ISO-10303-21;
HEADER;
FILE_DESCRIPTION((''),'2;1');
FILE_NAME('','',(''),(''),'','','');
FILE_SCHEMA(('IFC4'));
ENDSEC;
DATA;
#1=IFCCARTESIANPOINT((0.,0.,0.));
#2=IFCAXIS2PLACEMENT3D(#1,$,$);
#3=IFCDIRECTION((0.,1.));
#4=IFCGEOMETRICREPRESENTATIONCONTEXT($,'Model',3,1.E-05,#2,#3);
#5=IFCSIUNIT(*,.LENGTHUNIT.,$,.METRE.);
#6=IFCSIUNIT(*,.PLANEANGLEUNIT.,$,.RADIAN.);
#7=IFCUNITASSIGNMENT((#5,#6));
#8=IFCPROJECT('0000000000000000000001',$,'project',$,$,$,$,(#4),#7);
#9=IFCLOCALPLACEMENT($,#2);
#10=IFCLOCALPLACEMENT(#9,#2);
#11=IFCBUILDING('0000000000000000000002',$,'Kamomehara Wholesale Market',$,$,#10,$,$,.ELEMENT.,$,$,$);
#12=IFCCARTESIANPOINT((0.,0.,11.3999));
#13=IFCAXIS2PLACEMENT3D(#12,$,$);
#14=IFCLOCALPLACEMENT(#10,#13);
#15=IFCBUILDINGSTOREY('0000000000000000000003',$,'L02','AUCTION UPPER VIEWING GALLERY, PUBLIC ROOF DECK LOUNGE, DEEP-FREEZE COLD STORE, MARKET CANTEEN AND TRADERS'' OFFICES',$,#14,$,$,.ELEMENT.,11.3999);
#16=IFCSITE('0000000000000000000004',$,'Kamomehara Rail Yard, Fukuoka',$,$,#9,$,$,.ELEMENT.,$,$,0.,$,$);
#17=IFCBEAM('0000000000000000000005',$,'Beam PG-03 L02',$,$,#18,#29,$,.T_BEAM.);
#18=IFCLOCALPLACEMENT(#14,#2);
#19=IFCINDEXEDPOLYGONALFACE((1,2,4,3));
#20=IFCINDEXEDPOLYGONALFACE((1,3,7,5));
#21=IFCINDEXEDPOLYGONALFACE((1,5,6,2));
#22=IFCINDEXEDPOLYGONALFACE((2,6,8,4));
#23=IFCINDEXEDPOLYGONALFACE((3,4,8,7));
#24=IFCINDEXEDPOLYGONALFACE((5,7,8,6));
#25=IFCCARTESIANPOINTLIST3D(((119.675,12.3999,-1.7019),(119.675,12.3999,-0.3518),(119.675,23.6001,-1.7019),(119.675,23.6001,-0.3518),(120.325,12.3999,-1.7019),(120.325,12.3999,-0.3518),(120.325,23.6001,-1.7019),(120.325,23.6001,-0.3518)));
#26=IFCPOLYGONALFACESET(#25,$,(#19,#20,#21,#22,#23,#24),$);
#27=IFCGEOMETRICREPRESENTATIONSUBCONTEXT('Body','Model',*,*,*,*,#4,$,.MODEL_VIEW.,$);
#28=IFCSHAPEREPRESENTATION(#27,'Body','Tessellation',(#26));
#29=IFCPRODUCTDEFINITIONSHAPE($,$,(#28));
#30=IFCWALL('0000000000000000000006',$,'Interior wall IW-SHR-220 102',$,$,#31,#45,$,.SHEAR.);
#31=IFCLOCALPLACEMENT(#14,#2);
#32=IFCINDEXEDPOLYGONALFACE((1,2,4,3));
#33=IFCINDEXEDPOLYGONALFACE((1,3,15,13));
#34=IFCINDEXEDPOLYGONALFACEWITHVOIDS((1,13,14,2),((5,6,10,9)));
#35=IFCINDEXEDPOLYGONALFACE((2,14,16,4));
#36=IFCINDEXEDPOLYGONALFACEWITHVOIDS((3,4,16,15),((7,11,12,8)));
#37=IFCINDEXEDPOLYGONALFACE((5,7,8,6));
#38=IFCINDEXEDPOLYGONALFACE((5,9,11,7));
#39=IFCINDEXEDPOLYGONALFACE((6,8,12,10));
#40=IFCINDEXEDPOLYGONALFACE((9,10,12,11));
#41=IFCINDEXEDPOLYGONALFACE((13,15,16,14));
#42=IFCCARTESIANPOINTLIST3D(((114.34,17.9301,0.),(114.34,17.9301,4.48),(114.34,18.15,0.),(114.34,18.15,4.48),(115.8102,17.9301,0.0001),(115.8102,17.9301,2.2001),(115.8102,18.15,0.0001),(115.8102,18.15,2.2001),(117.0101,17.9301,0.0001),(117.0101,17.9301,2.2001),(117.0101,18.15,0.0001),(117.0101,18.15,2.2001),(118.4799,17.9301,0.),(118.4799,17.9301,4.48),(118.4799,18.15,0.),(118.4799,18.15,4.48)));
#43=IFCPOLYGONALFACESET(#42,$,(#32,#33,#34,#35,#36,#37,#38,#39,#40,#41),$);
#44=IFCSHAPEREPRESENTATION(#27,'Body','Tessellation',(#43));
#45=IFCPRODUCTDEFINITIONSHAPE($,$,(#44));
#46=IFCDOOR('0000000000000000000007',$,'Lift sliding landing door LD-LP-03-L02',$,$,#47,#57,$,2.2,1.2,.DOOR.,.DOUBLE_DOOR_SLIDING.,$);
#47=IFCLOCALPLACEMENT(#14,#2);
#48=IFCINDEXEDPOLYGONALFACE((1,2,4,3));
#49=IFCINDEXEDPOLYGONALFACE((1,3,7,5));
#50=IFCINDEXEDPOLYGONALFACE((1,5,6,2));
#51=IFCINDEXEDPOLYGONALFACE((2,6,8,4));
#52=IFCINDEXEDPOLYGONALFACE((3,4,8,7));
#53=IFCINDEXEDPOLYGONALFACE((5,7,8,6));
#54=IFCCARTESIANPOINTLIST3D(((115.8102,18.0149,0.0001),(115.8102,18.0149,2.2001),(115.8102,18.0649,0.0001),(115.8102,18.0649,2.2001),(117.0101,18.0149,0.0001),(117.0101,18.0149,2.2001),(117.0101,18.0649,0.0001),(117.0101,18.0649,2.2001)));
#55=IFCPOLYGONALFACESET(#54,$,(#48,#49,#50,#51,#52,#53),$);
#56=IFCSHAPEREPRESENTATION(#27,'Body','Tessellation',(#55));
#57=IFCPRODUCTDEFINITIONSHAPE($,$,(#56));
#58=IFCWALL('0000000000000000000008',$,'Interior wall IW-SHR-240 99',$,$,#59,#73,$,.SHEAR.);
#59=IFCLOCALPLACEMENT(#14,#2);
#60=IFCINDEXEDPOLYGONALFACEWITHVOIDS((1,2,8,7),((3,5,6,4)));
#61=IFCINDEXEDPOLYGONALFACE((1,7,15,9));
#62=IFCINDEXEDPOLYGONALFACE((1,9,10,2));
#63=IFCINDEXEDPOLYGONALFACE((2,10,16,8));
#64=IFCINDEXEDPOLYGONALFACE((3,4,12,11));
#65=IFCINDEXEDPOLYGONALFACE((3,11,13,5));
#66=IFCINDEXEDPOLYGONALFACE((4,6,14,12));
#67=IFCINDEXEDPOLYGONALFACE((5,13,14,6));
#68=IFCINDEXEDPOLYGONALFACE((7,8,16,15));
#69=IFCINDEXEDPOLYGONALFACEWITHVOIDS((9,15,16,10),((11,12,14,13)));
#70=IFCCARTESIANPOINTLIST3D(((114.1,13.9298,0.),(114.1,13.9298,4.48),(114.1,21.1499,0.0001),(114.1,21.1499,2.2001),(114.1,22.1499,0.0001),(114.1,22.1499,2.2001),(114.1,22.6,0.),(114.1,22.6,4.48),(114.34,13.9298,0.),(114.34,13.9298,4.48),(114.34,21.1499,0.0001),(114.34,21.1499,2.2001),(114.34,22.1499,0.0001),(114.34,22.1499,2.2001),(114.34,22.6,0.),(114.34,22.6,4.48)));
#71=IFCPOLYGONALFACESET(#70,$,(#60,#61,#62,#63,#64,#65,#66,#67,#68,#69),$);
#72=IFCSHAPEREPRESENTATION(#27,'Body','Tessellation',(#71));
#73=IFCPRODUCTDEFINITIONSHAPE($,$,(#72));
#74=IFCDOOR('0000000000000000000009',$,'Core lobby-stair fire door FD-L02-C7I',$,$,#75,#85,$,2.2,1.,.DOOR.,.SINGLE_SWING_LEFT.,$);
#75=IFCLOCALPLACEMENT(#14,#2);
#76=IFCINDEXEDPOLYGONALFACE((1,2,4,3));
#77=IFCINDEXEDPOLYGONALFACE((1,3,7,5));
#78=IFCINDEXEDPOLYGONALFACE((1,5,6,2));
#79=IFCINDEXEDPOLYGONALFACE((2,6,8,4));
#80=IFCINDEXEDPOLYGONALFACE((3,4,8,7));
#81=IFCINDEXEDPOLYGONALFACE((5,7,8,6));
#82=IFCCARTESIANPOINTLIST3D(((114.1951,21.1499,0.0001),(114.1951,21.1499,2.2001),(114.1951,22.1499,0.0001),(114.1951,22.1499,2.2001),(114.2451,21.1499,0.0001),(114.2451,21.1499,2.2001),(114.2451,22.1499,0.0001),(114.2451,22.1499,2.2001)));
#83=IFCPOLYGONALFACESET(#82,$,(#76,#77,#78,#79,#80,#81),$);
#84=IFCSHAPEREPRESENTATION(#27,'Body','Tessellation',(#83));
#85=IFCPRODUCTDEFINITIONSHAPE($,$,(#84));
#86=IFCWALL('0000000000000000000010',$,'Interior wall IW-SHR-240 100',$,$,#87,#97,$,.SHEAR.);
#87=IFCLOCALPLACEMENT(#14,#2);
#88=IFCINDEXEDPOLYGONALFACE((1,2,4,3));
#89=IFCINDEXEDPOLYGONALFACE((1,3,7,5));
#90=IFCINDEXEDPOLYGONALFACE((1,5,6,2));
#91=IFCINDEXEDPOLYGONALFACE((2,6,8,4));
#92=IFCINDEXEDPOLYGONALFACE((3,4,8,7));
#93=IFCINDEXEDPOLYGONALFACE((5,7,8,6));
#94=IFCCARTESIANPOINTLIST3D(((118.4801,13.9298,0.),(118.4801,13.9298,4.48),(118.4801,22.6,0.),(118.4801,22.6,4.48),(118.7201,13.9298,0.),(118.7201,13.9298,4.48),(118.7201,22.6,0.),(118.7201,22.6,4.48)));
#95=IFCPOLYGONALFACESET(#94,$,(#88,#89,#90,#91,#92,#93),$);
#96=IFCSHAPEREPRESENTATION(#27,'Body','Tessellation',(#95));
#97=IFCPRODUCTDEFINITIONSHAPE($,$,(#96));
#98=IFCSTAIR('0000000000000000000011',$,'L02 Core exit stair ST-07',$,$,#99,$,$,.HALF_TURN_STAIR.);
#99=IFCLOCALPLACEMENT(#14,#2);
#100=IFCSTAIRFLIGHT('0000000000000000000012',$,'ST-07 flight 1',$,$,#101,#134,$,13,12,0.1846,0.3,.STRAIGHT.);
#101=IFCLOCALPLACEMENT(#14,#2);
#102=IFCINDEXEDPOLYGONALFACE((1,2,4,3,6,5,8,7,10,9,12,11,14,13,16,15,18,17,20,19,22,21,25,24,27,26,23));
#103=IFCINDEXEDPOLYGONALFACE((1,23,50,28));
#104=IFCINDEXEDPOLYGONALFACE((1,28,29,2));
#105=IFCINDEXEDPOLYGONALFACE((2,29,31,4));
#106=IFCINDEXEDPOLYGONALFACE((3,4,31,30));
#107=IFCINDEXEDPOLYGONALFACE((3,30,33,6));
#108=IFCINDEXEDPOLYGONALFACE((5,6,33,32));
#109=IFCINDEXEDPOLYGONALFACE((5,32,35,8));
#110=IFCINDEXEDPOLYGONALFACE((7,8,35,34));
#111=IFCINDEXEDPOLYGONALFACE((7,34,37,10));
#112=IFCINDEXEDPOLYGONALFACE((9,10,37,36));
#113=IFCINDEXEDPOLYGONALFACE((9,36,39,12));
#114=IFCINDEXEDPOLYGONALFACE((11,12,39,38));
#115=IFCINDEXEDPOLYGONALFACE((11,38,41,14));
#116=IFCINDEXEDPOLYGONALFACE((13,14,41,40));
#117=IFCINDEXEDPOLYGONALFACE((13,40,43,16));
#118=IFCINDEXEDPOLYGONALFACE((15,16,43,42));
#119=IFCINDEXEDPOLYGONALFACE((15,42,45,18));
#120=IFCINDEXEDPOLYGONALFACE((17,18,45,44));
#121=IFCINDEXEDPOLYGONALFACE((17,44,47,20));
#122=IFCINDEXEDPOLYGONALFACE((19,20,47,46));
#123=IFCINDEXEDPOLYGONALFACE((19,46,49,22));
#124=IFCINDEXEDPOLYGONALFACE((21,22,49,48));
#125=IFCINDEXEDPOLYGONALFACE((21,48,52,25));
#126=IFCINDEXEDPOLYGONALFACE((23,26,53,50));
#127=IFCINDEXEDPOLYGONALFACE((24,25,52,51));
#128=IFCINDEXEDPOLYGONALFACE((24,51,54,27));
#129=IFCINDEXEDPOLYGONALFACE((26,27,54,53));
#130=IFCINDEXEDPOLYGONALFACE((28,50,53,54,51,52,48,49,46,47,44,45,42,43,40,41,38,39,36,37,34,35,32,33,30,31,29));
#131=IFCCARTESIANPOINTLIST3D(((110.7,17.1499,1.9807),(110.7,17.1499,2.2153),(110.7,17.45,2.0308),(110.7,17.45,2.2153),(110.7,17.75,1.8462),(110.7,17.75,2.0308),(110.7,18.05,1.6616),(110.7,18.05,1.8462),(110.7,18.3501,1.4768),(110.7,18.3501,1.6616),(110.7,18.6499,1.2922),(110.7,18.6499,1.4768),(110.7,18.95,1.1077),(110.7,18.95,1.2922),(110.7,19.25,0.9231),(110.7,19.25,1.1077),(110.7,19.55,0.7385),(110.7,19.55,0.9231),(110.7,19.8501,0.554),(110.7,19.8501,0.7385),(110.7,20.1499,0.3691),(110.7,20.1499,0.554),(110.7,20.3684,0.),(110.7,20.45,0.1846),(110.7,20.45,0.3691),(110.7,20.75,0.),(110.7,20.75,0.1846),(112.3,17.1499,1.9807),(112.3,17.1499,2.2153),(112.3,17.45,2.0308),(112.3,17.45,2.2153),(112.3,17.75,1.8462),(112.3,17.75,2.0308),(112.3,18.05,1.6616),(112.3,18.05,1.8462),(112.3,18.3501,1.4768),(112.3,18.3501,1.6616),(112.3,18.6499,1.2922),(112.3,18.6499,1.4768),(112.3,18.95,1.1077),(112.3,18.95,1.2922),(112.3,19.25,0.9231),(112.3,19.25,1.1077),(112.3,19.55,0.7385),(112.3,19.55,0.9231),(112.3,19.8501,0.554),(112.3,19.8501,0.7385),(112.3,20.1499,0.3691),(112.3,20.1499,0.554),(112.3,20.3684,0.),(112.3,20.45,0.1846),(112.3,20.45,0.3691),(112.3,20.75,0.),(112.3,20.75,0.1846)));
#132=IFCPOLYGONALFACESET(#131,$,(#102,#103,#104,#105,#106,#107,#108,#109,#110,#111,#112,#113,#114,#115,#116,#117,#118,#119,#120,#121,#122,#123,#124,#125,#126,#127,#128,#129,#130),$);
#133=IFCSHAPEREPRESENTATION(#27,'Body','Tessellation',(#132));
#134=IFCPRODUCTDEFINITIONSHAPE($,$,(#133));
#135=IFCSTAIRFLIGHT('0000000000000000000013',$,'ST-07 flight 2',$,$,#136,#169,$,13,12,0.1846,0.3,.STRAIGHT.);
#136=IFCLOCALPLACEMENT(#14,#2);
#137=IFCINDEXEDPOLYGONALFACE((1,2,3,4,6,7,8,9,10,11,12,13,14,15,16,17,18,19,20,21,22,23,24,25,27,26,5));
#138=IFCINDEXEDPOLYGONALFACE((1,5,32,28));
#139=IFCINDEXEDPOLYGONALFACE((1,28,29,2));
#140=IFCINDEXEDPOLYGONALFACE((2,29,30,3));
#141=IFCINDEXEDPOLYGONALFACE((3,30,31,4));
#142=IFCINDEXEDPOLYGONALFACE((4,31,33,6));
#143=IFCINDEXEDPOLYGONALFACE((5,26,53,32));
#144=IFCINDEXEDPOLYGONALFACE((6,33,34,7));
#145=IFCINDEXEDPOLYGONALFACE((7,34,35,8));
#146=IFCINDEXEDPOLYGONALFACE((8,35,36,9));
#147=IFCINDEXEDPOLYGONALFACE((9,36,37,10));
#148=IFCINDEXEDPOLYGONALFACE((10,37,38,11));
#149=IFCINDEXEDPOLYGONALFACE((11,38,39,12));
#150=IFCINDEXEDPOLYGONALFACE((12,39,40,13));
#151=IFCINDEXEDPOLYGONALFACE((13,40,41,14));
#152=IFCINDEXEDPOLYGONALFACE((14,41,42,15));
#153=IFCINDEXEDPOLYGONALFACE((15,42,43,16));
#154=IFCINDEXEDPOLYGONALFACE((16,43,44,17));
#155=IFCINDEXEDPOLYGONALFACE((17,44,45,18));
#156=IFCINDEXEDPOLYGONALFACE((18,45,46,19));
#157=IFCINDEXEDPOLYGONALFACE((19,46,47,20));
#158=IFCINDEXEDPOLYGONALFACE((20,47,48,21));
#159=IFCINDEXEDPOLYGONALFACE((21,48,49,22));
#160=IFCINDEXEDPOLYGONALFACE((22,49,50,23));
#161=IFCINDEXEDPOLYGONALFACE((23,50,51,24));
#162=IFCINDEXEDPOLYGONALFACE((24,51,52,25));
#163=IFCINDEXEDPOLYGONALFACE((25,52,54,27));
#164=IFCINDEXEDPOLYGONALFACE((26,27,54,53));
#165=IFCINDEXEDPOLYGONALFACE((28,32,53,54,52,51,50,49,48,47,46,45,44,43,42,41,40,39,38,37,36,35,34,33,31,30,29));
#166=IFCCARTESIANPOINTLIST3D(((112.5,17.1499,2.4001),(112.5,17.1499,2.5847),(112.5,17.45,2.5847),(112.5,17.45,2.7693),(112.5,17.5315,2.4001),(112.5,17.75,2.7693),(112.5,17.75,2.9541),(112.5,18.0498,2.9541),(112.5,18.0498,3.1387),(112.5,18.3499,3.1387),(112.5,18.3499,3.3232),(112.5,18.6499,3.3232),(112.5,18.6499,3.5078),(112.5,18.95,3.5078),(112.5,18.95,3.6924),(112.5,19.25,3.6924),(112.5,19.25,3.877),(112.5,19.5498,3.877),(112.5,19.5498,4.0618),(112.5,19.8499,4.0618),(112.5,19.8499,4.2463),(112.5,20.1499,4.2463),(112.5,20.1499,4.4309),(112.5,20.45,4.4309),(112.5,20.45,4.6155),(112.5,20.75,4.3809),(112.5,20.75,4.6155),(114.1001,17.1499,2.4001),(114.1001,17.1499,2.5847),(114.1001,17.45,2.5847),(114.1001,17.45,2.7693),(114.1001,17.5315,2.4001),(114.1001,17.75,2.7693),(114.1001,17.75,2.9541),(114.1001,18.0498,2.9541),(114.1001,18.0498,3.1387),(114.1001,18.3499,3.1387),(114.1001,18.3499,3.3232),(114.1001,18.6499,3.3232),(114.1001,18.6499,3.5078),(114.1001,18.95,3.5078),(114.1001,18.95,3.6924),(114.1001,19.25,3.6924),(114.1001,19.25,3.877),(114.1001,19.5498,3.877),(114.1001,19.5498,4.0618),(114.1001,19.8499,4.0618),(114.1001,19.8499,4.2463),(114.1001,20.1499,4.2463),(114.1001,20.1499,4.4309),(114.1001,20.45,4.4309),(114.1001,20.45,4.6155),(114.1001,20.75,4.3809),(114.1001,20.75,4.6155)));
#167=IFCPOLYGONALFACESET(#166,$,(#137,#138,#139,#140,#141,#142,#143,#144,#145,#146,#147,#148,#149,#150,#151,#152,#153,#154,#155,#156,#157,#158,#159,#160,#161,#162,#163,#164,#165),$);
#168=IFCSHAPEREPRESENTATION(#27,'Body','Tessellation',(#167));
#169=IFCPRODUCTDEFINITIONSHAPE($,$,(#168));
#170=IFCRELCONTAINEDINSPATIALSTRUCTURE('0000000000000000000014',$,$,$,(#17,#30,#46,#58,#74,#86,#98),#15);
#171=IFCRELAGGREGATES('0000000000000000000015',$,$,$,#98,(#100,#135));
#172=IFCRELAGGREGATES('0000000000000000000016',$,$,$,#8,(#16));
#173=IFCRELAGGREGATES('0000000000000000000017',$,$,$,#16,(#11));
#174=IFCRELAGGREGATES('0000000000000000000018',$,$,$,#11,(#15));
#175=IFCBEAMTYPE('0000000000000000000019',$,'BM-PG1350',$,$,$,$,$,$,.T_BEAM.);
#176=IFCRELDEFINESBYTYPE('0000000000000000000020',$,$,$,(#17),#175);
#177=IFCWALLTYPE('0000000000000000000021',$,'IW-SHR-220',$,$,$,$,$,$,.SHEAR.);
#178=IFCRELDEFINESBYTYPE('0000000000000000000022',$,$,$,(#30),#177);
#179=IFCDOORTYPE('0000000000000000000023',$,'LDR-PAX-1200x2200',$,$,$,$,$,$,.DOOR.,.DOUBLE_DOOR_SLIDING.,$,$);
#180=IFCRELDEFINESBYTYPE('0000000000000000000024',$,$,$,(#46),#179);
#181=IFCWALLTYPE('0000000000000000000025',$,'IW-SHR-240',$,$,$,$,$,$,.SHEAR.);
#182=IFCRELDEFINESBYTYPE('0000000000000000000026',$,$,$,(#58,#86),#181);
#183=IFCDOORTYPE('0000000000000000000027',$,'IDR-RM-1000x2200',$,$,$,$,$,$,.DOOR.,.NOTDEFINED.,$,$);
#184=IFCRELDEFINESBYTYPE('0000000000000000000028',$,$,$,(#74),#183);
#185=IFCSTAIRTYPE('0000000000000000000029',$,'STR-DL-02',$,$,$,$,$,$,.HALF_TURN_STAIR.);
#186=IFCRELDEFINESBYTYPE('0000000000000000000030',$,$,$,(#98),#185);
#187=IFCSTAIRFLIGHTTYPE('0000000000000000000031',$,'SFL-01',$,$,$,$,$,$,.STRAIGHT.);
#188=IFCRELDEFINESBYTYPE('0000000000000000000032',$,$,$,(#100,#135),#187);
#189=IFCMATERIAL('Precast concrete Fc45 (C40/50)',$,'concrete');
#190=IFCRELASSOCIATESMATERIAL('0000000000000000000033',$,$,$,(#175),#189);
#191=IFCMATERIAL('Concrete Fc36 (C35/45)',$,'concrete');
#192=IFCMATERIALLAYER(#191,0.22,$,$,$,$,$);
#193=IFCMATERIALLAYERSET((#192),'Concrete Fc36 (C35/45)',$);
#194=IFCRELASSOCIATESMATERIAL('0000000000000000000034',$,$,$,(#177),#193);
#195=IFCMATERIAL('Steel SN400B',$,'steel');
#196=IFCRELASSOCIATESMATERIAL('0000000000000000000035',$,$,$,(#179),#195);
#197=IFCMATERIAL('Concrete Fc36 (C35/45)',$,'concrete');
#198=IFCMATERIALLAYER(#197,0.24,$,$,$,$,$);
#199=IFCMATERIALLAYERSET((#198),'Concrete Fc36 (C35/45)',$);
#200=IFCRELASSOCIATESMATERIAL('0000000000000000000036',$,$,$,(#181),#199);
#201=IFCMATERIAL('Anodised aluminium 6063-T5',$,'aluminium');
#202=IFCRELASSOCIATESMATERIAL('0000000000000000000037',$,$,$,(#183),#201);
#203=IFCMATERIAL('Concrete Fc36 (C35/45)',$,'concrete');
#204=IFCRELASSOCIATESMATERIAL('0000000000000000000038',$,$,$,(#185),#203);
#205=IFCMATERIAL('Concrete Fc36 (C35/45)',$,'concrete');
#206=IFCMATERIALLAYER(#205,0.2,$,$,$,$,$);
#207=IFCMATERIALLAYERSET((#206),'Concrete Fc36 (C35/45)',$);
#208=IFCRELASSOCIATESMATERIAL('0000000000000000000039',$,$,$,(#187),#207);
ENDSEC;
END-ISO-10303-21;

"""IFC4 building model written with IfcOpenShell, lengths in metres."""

from ifc_helpers import new_model, si_unit, direction, frame, frame_2d, origin, origin_2d, place, context, subcontext, project, spatial, polyline, rectangle, outline, extrude, material, layer, layer_set, material_profile, profile_set, type_object, element, fill, aggregate, save


model = new_model("IFC4")

# Units and contexts
model_context = context("Model", 3, precision=1e-05, world=origin(), true_north=direction((0.0, 1.0)))
body_context = subcontext(model_context, "Body", "Model", "MODEL_VIEW")
ifc_project = project(units=[si_unit("LENGTHUNIT", "METRE"), si_unit("PLANEANGLEUNIT", "RADIAN")], contexts=[model_context])

# Site, building, storey
site_placement = place(None, origin())
site = spatial("IfcSite", under=ifc_project, at=site_placement, Name="Kamomehara Rail Yard, Fukuoka", CompositionType="ELEMENT", RefElevation=0.0)
building_placement = place(site_placement, origin())
building = spatial("IfcBuilding", under=site, at=building_placement, Name="Kamomehara Wholesale Market", CompositionType="ELEMENT")
storey_placement = place(building_placement, frame((0.0, 0.0, 11.3999)))
storey = spatial("IfcBuildingStorey", under=building, at=storey_placement, Name="L02", Description="AUCTION UPPER VIEWING GALLERY, PUBLIC ROOF DECK LOUNGE, DEEP-FREEZE COLD STORE, MARKET CANTEEN AND TRADERS' OFFICES", CompositionType="ELEMENT", Elevation=11.3999)

# Beam
ifc_material_1 = material(Name="Precast concrete Fc45 (C40/50)", Category="concrete")
ifc_material_profile = material_profile(ifc_material_1, rectangle(XDim=0.6499, YDim=1.3501, at=origin_2d()), Name="PC-GRD-650x1350")
ifc_profile_set = profile_set([ifc_material_profile], Name="Precast concrete Fc45 (C40/50)")
beam_type = type_object("IfcBeamType", Name="BM-PG1350", PredefinedType="T_BEAM", material=ifc_profile_set)
beam_placement = place(storey_placement, frame((120.0, 12.3999, -1.0269), z_axis=(0.0, 1.0, 0.0), x_axis=(-1.0, 0.0, 0.0)))
element("IfcBeam", 1, at=beam_placement, inside=storey, type_object=beam_type, Name="Beam PG-03 L02", PredefinedType="T_BEAM", context=body_context, shape_type="SweptSolid", body=[
    extrude(rectangle(XDim=0.6499, YDim=1.3501, at=origin_2d()), origin(), (0.0, 0.0, 1.0), 11.2002),
])

# Walls, openings, doors
ifc_material_2 = material(Name="Concrete Fc36 (C35/45)", Category="concrete")
ifc_layer_1 = layer(ifc_material_2, 0.22)
ifc_layer_set_1 = layer_set([ifc_layer_1], Name="Concrete Fc36 (C35/45)")
wall_type_1 = type_object("IfcWallType", Name="IW-SHR-220", PredefinedType="SHEAR", material=ifc_layer_set_1)
wall_1_placement = place(storey_placement, frame((114.3401, 18.04, 0.0), z_axis=(0.0, 0.0, 1.0), x_axis=(1.0, 0.0, 0.0)))
wall_1 = element("IfcWall", 2, at=wall_1_placement, inside=storey, type_object=wall_type_1, Name="Interior wall IW-SHR-220 102", PredefinedType="SHEAR", context=body_context, shape_type="SweptSolid", body=[
    extrude(rectangle(XDim=4.1399, YDim=0.22, at=frame_2d((2.0698, 0.0))), origin(), (0.0, 0.0, 1.0), 4.48),
])
opening_1_placement = place(wall_1_placement, frame((1.47, 0.0, 0.0)))
opening_1 = element("IfcOpeningElement", 3, at=opening_1_placement, cuts=wall_1, PredefinedType="OPENING", context=body_context, shape_type="SweptSolid", body=[
    extrude(rectangle(XDim=1.2, YDim=2.2, at=frame_2d((0.6001, 1.1001))), frame((0.0, 0.125, 0.0), z_axis=(0.0, -1.0, 0.0), x_axis=(1.0, 0.0, 0.0)), (0.0, 0.0, 1.0), 0.2498),
])
ifc_material_3 = material(Name="Steel SN400B", Category="steel")
door_type_1 = type_object("IfcDoorType", Name="LDR-PAX-1200x2200", OperationType="DOUBLE_DOOR_SLIDING", PredefinedType="DOOR", material=ifc_material_3)
door_1_placement = place(opening_1_placement, origin())
door_1 = element("IfcDoor", 4, at=door_1_placement, inside=storey, type_object=door_type_1, Name="Lift sliding landing door LD-LP-03-L02", OperationType="DOUBLE_DOOR_SLIDING", OverallHeight=2.2, OverallWidth=1.2, PredefinedType="DOOR", context=body_context, shape_type="SweptSolid", body=[
    extrude(rectangle(XDim=1.2, YDim=2.2, at=frame_2d((0.6001, 1.1001))), frame((0.0, 0.0249, 0.0), z_axis=(0.0, -1.0, 0.0), x_axis=(1.0, 0.0, 0.0)), (0.0, 0.0, 1.0), 0.05),
])
fill(opening_1, door_1)
ifc_material_4 = material(Name="Concrete Fc36 (C35/45)", Category="concrete")
ifc_layer_2 = layer(ifc_material_4, 0.24)
ifc_layer_set_2 = layer_set([ifc_layer_2], Name="Concrete Fc36 (C35/45)")
wall_type_2 = type_object("IfcWallType", Name="IW-SHR-240", PredefinedType="SHEAR", material=ifc_layer_set_2)
wall_2_placement = place(storey_placement, frame((114.22, 13.9299, 0.0), z_axis=(0.0, 0.0, 1.0), x_axis=(0.0, 1.0, 0.0)))
wall_2 = element("IfcWall", 5, at=wall_2_placement, inside=storey, type_object=wall_type_2, Name="Interior wall IW-SHR-240 99", PredefinedType="SHEAR", context=body_context, shape_type="SweptSolid", body=[
    extrude(rectangle(XDim=8.6702, YDim=0.24, at=frame_2d((4.335, 0.0))), origin(), (0.0, 0.0, 1.0), 4.48),
])
opening_2_placement = place(wall_2_placement, frame((7.22, 0.0, 0.0)))
opening_2 = element("IfcOpeningElement", 6, at=opening_2_placement, cuts=wall_2, PredefinedType="OPENING", context=body_context, shape_type="SweptSolid", body=[
    extrude(rectangle(XDim=1.0, YDim=2.2, at=frame_2d((0.5, 1.1001))), frame((0.0, 0.1348, 0.0), z_axis=(0.0, -1.0, 0.0), x_axis=(1.0, 0.0, 0.0)), (0.0, 0.0, 1.0), 0.2698),
])
ifc_material_5 = material(Name="Anodised aluminium 6063-T5", Category="aluminium")
door_type_2 = type_object("IfcDoorType", Name="IDR-RM-1000x2200", OperationType="NOTDEFINED", PredefinedType="DOOR", material=ifc_material_5)
door_2_placement = place(opening_2_placement, origin())
door_2 = element("IfcDoor", 7, at=door_2_placement, inside=storey, type_object=door_type_2, Name="Core lobby-stair fire door FD-L02-C7I", OperationType="SINGLE_SWING_LEFT", OverallHeight=2.2, OverallWidth=1.0, PredefinedType="DOOR", context=body_context, shape_type="SweptSolid", body=[
    extrude(rectangle(XDim=1.0, YDim=2.2, at=frame_2d((0.5, 1.1001))), frame((0.0, 0.0249, 0.0), z_axis=(0.0, -1.0, 0.0), x_axis=(1.0, 0.0, 0.0)), (0.0, 0.0, 1.0), 0.05),
])
fill(opening_2, door_2)

# Wall
wall_3_placement = place(storey_placement, frame((118.6001, 13.9299, 0.0), z_axis=(0.0, 0.0, 1.0), x_axis=(0.0, 1.0, 0.0)))
element("IfcWall", 8, at=wall_3_placement, inside=storey, type_object=wall_type_2, Name="Interior wall IW-SHR-240 100", PredefinedType="SHEAR", context=body_context, shape_type="SweptSolid", body=[
    extrude(rectangle(XDim=8.6702, YDim=0.24, at=frame_2d((4.335, 0.0))), origin(), (0.0, 0.0, 1.0), 4.48),
])

# Stair, stair flights
ifc_material_6 = material(Name="Concrete Fc36 (C35/45)", Category="concrete")
stair_type = type_object("IfcStairType", Name="STR-DL-02", PredefinedType="HALF_TURN_STAIR", material=ifc_material_6)
stair_placement = place(storey_placement, origin())
stair = element("IfcStair", 9, at=stair_placement, inside=storey, type_object=stair_type, Name="L02 Core exit stair ST-07", PredefinedType="HALF_TURN_STAIR")
ifc_material_7 = material(Name="Concrete Fc36 (C35/45)", Category="concrete")
ifc_layer_3 = layer(ifc_material_7, 0.2)
ifc_layer_set_3 = layer_set([ifc_layer_3], Name="Concrete Fc36 (C35/45)")
stair_flight_type = type_object("IfcStairFlightType", Name="SFL-01", PredefinedType="STRAIGHT", material=ifc_layer_set_3)
stair_flight_1_placement = place(storey_placement, frame((111.5, 20.75, 0.0), z_axis=(0.0, 0.0, 1.0), x_axis=(0.0, -1.0, 0.0)))
stair_flight_1 = element("IfcStairFlight", 10, at=stair_flight_1_placement, type_object=stair_flight_type, Name="ST-07 flight 1", NumberOfRisers=13, NumberOfTreads=12, PredefinedType="STRAIGHT", RiserHeight=0.1846, TreadLength=0.3, context=body_context, shape_type="SweptSolid", body=[
    extrude(outline(polyline([(0.0, 0.0), (0.0, 0.1846), (0.3, 0.1846), (0.3, 0.3691), (0.6001, 0.3691), (0.6001, 0.554), (0.8999, 0.554), (0.8999, 0.7385), (1.2, 0.7385), (1.2, 0.9231), (1.5, 0.9231), (1.5, 1.1077), (1.8, 1.1077), (1.8, 1.2922), (2.1001, 1.2922), (2.1001, 1.4768), (2.3999, 1.4768), (2.3999, 1.6616), (2.7, 1.6616), (2.7, 1.8462), (3.0, 1.8462), (3.0, 2.0308), (3.3, 2.0308), (3.3, 2.2153), (3.6001, 2.2153), (3.6001, 2.3999), (3.6001, 1.9807), (0.3816, 0.0), (0.0, 0.0)])), frame((0.0, 0.8, 0.0), z_axis=(0.0, -1.0, 0.0), x_axis=(1.0, 0.0, 0.0)), (0.0, 0.0, 1.0), 1.6001),
])
stair_flight_2_placement = place(storey_placement, frame((113.3, 17.1499, 2.4001), z_axis=(0.0, 0.0, 1.0), x_axis=(0.0, 1.0, 0.0)))
stair_flight_2 = element("IfcStairFlight", 11, at=stair_flight_2_placement, type_object=stair_flight_type, Name="ST-07 flight 2", NumberOfRisers=13, NumberOfTreads=12, PredefinedType="STRAIGHT", RiserHeight=0.1846, TreadLength=0.3, context=body_context, shape_type="SweptSolid", body=[
    extrude(outline(polyline([(0.0, 0.0), (0.0, 0.1846), (0.3, 0.1846), (0.3, 0.3691), (0.6001, 0.3691), (0.6001, 0.554), (0.8999, 0.554), (0.8999, 0.7385), (1.2, 0.7385), (1.2, 0.9231), (1.5, 0.9231), (1.5, 1.1077), (1.8, 1.1077), (1.8, 1.2922), (2.1001, 1.2922), (2.1001, 1.4768), (2.3999, 1.4768), (2.3999, 1.6616), (2.7, 1.6616), (2.7, 1.8462), (3.0, 1.8462), (3.0, 2.0308), (3.3, 2.0308), (3.3, 2.2153), (3.6001, 2.2153), (3.6001, 2.3999), (3.6001, 1.9807), (0.3816, 0.0), (0.0, 0.0)])), frame((0.0, 0.8, 0.0), z_axis=(0.0, -1.0, 0.0), x_axis=(1.0, 0.0, 0.0)), (0.0, 0.0, 1.0), 1.6001),
])
aggregate(stair, [stair_flight_1, stair_flight_2])

save(model, "model.ifc")
